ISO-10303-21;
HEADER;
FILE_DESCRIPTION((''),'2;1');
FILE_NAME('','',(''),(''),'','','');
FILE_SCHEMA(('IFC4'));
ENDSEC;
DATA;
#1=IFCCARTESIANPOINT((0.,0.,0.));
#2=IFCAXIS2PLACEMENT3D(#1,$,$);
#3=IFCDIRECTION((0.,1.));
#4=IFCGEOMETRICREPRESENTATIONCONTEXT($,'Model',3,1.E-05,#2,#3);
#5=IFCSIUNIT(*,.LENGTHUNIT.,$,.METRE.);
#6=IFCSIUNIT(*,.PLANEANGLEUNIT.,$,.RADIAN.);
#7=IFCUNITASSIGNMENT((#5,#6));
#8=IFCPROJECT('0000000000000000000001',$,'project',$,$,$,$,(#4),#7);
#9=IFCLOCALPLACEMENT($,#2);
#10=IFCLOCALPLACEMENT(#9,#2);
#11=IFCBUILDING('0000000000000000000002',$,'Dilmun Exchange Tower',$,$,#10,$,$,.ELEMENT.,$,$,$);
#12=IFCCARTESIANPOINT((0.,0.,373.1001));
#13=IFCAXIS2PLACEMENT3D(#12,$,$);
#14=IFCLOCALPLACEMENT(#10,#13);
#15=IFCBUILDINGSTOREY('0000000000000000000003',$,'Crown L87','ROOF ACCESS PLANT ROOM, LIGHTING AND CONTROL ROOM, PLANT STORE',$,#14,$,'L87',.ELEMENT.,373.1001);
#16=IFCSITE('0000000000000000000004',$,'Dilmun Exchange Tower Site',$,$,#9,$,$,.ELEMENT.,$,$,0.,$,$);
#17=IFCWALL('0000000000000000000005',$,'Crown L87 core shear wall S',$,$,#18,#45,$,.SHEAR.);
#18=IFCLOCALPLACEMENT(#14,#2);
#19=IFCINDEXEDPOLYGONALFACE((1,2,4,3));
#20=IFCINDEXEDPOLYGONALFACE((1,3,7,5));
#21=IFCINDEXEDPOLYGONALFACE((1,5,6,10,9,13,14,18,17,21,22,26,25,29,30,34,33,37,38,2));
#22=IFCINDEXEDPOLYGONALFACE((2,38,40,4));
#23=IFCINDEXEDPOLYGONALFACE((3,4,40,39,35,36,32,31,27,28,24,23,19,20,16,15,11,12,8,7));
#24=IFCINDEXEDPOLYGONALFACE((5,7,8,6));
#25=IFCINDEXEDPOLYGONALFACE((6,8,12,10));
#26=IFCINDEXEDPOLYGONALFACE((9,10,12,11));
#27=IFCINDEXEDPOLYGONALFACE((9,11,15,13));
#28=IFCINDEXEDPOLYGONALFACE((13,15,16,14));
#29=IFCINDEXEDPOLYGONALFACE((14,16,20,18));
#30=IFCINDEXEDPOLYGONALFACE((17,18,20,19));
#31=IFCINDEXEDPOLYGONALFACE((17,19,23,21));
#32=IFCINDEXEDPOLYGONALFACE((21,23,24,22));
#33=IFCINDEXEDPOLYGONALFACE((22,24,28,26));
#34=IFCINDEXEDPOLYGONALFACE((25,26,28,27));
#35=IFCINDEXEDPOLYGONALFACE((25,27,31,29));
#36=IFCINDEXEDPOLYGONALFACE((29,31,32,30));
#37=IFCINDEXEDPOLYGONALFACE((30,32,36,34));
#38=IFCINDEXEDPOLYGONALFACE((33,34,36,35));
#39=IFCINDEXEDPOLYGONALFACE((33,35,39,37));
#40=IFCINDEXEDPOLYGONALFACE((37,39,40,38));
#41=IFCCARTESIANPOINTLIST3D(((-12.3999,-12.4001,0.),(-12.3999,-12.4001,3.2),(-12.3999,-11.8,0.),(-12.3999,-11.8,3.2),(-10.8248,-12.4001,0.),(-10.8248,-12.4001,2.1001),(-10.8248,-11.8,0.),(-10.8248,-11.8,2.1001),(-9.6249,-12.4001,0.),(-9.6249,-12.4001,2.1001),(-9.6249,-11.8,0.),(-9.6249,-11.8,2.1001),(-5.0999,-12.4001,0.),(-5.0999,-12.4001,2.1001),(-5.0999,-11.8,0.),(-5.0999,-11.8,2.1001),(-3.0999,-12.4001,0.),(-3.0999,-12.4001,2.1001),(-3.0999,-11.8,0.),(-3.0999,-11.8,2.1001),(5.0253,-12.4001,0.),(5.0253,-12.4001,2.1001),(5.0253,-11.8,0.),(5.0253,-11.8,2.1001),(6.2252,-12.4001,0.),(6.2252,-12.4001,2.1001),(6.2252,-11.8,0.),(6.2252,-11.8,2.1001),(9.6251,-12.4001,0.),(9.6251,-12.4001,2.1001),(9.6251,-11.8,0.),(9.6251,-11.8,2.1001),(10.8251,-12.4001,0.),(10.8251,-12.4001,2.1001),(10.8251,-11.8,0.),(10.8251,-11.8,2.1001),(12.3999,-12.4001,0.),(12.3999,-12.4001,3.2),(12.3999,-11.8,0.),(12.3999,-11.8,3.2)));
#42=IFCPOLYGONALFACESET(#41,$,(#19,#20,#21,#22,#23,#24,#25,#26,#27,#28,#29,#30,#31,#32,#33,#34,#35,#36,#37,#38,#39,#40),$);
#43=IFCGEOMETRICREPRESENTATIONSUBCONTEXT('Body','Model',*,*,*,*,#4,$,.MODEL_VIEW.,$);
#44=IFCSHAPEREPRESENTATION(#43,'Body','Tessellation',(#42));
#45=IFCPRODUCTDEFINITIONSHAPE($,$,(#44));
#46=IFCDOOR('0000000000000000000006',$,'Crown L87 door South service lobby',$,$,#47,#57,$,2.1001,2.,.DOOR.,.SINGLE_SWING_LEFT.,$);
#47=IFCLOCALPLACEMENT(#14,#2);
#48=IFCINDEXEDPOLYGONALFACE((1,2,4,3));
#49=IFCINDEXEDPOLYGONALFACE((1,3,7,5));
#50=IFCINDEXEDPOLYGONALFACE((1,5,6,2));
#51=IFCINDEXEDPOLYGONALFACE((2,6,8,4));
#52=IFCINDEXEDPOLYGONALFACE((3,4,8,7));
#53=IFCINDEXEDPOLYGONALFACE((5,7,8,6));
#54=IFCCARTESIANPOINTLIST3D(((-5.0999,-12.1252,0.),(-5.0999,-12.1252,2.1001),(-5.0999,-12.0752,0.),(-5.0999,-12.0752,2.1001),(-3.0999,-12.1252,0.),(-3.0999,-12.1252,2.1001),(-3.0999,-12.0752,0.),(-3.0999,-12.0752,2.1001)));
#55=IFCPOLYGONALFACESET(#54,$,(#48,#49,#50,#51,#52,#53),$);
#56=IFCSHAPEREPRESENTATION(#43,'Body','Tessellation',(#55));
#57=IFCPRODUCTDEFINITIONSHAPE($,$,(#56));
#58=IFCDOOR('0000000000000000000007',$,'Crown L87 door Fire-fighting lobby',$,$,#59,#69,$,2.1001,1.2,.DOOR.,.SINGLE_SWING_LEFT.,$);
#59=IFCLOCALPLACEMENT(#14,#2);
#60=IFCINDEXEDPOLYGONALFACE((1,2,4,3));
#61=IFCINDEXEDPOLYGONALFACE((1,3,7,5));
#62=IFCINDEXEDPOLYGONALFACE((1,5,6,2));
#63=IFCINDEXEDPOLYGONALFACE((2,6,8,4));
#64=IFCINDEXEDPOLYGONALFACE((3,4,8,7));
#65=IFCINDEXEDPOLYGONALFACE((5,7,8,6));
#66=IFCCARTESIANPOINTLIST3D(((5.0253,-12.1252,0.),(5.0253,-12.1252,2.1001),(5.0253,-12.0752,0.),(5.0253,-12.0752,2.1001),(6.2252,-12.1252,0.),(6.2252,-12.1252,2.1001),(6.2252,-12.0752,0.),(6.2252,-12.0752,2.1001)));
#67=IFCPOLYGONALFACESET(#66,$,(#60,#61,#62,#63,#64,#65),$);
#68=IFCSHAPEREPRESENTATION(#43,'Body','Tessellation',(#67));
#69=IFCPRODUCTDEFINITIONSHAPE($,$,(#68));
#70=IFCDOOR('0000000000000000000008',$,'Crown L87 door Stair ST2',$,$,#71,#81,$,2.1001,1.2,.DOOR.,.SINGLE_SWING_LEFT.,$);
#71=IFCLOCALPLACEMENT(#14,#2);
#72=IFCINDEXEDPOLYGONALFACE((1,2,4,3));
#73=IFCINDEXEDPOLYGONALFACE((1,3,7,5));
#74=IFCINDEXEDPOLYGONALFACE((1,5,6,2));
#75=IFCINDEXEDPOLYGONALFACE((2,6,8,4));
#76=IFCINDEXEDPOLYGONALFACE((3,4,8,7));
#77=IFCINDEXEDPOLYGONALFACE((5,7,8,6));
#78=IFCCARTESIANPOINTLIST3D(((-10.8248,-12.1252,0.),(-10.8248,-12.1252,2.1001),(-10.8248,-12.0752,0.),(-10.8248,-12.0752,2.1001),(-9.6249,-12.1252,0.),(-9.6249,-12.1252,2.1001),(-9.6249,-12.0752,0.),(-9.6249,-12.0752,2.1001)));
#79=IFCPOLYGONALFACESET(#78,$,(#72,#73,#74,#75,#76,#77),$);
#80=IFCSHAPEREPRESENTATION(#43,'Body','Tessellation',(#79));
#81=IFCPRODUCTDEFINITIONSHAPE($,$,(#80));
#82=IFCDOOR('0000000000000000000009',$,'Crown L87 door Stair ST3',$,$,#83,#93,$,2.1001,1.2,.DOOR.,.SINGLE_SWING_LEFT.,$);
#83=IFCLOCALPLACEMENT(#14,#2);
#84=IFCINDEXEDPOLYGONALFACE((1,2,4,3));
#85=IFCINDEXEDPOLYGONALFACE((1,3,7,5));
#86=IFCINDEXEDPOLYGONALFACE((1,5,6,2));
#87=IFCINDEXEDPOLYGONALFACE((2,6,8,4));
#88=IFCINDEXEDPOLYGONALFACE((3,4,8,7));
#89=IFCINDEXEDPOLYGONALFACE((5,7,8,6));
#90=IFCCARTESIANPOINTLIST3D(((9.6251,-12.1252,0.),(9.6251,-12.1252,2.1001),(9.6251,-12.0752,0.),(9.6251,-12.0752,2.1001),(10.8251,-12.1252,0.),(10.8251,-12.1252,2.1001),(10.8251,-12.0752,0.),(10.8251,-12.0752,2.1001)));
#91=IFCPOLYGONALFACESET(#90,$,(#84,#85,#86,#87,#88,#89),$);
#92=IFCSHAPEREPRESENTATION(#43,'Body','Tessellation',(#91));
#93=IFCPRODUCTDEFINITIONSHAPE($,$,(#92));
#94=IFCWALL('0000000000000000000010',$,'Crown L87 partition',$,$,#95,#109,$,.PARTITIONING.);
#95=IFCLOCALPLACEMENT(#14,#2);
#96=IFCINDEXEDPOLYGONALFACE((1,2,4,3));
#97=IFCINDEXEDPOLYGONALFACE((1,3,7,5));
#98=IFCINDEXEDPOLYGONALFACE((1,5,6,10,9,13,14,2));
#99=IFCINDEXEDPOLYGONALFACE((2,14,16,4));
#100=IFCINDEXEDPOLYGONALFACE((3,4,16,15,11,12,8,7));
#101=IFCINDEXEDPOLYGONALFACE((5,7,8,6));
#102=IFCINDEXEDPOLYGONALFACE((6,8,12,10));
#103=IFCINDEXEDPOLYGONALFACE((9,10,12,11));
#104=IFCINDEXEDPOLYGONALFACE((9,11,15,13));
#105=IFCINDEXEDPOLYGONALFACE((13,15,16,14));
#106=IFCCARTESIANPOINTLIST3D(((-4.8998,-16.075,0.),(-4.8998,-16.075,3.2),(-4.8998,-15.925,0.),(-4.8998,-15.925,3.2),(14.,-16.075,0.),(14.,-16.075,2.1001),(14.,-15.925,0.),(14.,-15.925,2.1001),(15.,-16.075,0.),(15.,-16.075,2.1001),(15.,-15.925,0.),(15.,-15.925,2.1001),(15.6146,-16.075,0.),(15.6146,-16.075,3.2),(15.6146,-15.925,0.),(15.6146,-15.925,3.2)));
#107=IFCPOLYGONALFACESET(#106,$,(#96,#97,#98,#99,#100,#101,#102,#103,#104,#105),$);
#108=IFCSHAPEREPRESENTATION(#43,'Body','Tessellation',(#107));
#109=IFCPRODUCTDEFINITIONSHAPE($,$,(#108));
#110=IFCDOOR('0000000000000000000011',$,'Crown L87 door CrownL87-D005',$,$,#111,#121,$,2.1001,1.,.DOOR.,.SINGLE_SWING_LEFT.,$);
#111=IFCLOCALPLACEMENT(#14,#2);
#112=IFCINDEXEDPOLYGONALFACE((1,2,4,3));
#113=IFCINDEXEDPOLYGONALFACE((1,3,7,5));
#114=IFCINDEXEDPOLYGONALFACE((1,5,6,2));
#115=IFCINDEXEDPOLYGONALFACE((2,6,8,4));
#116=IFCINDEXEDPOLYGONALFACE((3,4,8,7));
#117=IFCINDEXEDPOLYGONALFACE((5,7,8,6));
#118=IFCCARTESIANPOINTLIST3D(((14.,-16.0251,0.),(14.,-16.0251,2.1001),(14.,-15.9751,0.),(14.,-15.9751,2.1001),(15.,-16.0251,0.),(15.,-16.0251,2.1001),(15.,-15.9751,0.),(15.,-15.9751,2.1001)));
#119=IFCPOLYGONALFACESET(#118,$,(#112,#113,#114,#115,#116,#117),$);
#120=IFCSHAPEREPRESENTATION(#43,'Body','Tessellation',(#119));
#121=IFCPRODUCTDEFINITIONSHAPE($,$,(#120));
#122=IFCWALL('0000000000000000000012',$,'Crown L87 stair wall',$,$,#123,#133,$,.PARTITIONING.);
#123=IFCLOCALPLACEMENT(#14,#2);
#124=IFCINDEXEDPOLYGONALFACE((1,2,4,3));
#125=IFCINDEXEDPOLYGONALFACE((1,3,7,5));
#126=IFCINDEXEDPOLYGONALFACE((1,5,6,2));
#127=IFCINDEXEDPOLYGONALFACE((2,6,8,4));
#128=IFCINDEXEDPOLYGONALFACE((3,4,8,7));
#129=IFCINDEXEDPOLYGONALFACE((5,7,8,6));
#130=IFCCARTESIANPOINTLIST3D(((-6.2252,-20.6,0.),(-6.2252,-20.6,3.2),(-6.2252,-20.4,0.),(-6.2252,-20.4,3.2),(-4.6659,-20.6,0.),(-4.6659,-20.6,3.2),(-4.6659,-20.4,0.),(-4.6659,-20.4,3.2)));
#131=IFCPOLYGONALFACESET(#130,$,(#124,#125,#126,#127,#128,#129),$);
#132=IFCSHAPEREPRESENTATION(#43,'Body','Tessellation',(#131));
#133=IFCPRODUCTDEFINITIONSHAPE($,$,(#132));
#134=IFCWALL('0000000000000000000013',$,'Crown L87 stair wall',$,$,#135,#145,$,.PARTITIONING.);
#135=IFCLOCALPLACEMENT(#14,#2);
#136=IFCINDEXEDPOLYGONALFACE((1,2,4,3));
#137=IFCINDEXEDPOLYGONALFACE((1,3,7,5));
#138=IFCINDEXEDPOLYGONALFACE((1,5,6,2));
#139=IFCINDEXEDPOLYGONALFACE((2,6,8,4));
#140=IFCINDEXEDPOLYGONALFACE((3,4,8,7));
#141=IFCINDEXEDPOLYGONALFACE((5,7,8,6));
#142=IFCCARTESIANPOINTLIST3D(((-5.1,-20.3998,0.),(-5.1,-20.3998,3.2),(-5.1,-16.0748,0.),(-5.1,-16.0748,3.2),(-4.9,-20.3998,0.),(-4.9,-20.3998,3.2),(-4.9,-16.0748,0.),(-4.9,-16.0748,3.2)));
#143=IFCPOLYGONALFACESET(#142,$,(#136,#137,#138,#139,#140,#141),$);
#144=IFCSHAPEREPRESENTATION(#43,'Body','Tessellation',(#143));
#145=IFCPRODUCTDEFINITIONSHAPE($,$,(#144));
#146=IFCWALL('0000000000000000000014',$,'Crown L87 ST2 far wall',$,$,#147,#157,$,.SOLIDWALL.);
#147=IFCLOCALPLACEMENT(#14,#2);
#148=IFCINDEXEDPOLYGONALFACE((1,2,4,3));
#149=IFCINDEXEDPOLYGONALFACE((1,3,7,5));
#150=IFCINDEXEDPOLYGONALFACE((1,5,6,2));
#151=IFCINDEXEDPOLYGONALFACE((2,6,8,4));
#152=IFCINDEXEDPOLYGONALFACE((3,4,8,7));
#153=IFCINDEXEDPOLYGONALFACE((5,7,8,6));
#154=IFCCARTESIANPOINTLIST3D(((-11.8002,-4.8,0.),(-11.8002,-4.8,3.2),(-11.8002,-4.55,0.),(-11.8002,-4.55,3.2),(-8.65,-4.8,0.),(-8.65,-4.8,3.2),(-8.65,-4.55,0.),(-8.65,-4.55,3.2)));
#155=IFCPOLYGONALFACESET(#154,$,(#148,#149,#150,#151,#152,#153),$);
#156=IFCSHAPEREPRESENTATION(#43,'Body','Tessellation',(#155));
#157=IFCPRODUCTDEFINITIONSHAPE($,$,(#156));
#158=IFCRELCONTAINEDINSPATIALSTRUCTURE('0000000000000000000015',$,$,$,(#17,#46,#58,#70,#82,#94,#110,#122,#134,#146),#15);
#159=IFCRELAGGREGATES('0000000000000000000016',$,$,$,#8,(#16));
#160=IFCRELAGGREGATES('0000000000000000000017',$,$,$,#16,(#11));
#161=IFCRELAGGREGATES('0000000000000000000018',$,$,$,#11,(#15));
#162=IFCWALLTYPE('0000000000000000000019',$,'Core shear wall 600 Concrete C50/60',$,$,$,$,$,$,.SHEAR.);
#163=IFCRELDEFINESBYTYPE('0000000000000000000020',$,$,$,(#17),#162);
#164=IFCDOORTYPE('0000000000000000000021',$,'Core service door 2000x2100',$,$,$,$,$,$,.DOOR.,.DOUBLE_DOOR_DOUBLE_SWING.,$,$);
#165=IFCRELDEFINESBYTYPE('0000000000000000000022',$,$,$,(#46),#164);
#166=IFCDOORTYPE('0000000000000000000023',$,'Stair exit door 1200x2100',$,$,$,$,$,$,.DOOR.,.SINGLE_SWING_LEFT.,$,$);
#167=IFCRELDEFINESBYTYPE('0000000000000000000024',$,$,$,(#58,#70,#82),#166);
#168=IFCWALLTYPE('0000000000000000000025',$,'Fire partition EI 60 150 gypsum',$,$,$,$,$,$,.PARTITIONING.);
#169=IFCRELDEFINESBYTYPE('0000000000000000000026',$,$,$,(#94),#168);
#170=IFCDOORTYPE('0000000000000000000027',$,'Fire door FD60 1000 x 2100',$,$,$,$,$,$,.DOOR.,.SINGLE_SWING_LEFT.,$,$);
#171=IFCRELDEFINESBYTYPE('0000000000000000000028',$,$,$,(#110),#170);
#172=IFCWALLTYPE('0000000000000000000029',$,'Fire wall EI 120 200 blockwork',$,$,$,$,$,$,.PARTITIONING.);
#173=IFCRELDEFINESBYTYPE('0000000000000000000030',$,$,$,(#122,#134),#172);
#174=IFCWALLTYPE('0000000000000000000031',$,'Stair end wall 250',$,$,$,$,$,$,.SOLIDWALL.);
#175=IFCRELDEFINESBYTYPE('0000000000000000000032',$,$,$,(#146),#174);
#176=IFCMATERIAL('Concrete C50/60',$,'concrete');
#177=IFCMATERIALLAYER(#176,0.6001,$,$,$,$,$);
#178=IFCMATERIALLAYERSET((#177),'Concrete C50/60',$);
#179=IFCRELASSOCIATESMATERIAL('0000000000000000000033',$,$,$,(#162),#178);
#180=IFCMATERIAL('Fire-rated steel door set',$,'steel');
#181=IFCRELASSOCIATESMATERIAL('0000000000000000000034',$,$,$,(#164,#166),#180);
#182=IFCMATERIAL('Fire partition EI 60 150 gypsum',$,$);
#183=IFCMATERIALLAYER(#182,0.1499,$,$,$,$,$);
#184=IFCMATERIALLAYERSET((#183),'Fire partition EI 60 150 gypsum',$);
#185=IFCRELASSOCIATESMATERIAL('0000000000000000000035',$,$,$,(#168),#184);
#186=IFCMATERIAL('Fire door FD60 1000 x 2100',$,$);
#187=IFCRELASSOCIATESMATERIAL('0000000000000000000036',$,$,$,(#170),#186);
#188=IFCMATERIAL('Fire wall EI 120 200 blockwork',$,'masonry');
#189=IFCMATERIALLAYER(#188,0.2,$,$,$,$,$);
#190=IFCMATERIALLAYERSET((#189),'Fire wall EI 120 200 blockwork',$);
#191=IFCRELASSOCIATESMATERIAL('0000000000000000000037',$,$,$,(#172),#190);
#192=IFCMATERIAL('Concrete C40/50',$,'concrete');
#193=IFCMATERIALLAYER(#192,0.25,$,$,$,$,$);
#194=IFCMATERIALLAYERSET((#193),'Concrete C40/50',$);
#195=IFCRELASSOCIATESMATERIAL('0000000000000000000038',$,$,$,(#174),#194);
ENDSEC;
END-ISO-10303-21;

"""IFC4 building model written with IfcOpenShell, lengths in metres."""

from ifc_helpers import new_model, si_unit, direction, frame, frame_2d, origin, place, context, subcontext, project, spatial, rectangle, extrude, material, layer, layer_set, type_object, element, fill, save


model = new_model("IFC4")

# Units and contexts
model_context = context("Model", 3, precision=1e-05, world=origin(), true_north=direction((0.0, 1.0)))
body_context = subcontext(model_context, "Body", "Model", "MODEL_VIEW")
ifc_project = project(units=[si_unit("LENGTHUNIT", "METRE"), si_unit("PLANEANGLEUNIT", "RADIAN")], contexts=[model_context])

# Site, building, storey
site_placement = place(None, origin())
site = spatial("IfcSite", under=ifc_project, at=site_placement, Name="Dilmun Exchange Tower Site", CompositionType="ELEMENT", RefElevation=0.0)
building_placement = place(site_placement, origin())
building = spatial("IfcBuilding", under=site, at=building_placement, Name="Dilmun Exchange Tower", CompositionType="ELEMENT")
storey_placement = place(building_placement, frame((0.0, 0.0, 373.1001)))
storey = spatial("IfcBuildingStorey", under=building, at=storey_placement, Name="Crown L87", Description="ROOF ACCESS PLANT ROOM, LIGHTING AND CONTROL ROOM, PLANT STORE", LongName="L87", CompositionType="ELEMENT", Elevation=373.1001)

# Shared definitions
ifc_material_1 = material(Name="Concrete C50/60", Category="concrete")

# Shared definitions
ifc_material_2 = material(Name="Concrete C40/50", Category="concrete")

# Shared definitions
ifc_material_3 = material(Name="Fire-rated steel door set", Category="steel")

# Wall, openings, doors
ifc_layer_1 = layer(ifc_material_1, 0.6001)
ifc_layer_set_1 = layer_set([ifc_layer_1], Name="Concrete C50/60")
wall_type_1 = type_object("IfcWallType", Name="Core shear wall 600 Concrete C50/60", PredefinedType="SHEAR", material=ifc_layer_set_1)
wall_1_placement = place(storey_placement, frame((-12.3999, -12.1001, 0.0), z_axis=(0.0, 0.0, 1.0), x_axis=(1.0, 0.0, 0.0)))
wall_1 = element("IfcWall", 1, at=wall_1_placement, inside=storey, type_object=wall_type_1, Name="Crown L87 core shear wall S", PredefinedType="SHEAR", context=body_context, shape_type="SweptSolid", body=[
    extrude(rectangle(XDim=24.7998, YDim=0.6001, at=frame_2d((12.3999, 0.0))), origin(), (0.0, 0.0, 1.0), 3.2),
])
opening_1_placement = place(wall_1_placement, frame((7.3, 0.0, 0.0)))
opening_1 = element("IfcOpeningElement", 2, at=opening_1_placement, cuts=wall_1, PredefinedType="OPENING", context=body_context, shape_type="SweptSolid", body=[
    extrude(rectangle(XDim=2.0, YDim=2.1001, at=frame_2d((1.0, 1.05))), frame((0.0, 0.3101, 0.0), z_axis=(0.0, -1.0, 0.0), x_axis=(1.0, 0.0, 0.0)), (0.0, 0.0, 1.0), 0.6201),
])
opening_2_placement = place(wall_1_placement, frame((17.425, 0.0, 0.0)))
opening_2 = element("IfcOpeningElement", 3, at=opening_2_placement, cuts=wall_1, PredefinedType="OPENING", context=body_context, shape_type="SweptSolid", body=[
    extrude(rectangle(XDim=1.2, YDim=2.1001, at=frame_2d((0.6001, 1.05))), frame((0.0, 0.3101, 0.0), z_axis=(0.0, -1.0, 0.0), x_axis=(1.0, 0.0, 0.0)), (0.0, 0.0, 1.0), 0.6201),
])
opening_3_placement = place(wall_1_placement, frame((1.575, 0.0, 0.0)))
opening_3 = element("IfcOpeningElement", 4, at=opening_3_placement, cuts=wall_1, PredefinedType="OPENING", context=body_context, shape_type="SweptSolid", body=[
    extrude(rectangle(XDim=1.2, YDim=2.1001, at=frame_2d((0.6001, 1.05))), frame((0.0, 0.3101, 0.0), z_axis=(0.0, -1.0, 0.0), x_axis=(1.0, 0.0, 0.0)), (0.0, 0.0, 1.0), 0.6201),
])
opening_4_placement = place(wall_1_placement, frame((22.0249, 0.0, 0.0)))
opening_4 = element("IfcOpeningElement", 5, at=opening_4_placement, cuts=wall_1, PredefinedType="OPENING", context=body_context, shape_type="SweptSolid", body=[
    extrude(rectangle(XDim=1.2, YDim=2.1001, at=frame_2d((0.6001, 1.05))), frame((0.0, 0.3101, 0.0), z_axis=(0.0, -1.0, 0.0), x_axis=(1.0, 0.0, 0.0)), (0.0, 0.0, 1.0), 0.6201),
])
door_type_1 = type_object("IfcDoorType", Name="Core service door 2000x2100", OperationType="DOUBLE_DOOR_DOUBLE_SWING", PredefinedType="DOOR", material=ifc_material_3)
door_1_placement = place(opening_1_placement, origin())
door_1 = element("IfcDoor", 6, at=door_1_placement, inside=storey, type_object=door_type_1, Name="Crown L87 door South service lobby", OperationType="SINGLE_SWING_LEFT", OverallHeight=2.1001, OverallWidth=2.0, PredefinedType="DOOR", context=body_context, shape_type="SweptSolid", body=[
    extrude(rectangle(XDim=2.0, YDim=2.1001, at=frame_2d((1.0, 1.05))), frame((0.0, 0.0249, 0.0), z_axis=(0.0, -1.0, 0.0), x_axis=(1.0, 0.0, 0.0)), (0.0, 0.0, 1.0), 0.05),
])
fill(opening_1, door_1)
door_type_2 = type_object("IfcDoorType", Name="Stair exit door 1200x2100", OperationType="SINGLE_SWING_LEFT", PredefinedType="DOOR", material=ifc_material_3)
door_2_placement = place(opening_2_placement, origin())
door_2 = element("IfcDoor", 7, at=door_2_placement, inside=storey, type_object=door_type_2, Name="Crown L87 door Fire-fighting lobby", OperationType="SINGLE_SWING_LEFT", OverallHeight=2.1001, OverallWidth=1.2, PredefinedType="DOOR", context=body_context, shape_type="SweptSolid", body=[
    extrude(rectangle(XDim=1.2, YDim=2.1001, at=frame_2d((0.6001, 1.05))), frame((0.0, 0.0249, 0.0), z_axis=(0.0, -1.0, 0.0), x_axis=(1.0, 0.0, 0.0)), (0.0, 0.0, 1.0), 0.05),
])
fill(opening_2, door_2)
door_3_placement = place(opening_3_placement, origin())
door_3 = element("IfcDoor", 8, at=door_3_placement, inside=storey, type_object=door_type_2, Name="Crown L87 door Stair ST2", OperationType="SINGLE_SWING_LEFT", OverallHeight=2.1001, OverallWidth=1.2, PredefinedType="DOOR", context=body_context, shape_type="SweptSolid", body=[
    extrude(rectangle(XDim=1.2, YDim=2.1001, at=frame_2d((0.6001, 1.05))), frame((0.0, 0.0249, 0.0), z_axis=(0.0, -1.0, 0.0), x_axis=(1.0, 0.0, 0.0)), (0.0, 0.0, 1.0), 0.05),
])
fill(opening_3, door_3)
door_4_placement = place(opening_4_placement, origin())
door_4 = element("IfcDoor", 9, at=door_4_placement, inside=storey, type_object=door_type_2, Name="Crown L87 door Stair ST3", OperationType="SINGLE_SWING_LEFT", OverallHeight=2.1001, OverallWidth=1.2, PredefinedType="DOOR", context=body_context, shape_type="SweptSolid", body=[
    extrude(rectangle(XDim=1.2, YDim=2.1001, at=frame_2d((0.6001, 1.05))), frame((0.0, 0.0249, 0.0), z_axis=(0.0, -1.0, 0.0), x_axis=(1.0, 0.0, 0.0)), (0.0, 0.0, 1.0), 0.05),
])
fill(opening_4, door_4)

# Wall, opening, door
ifc_material_4 = material(Name="Fire partition EI 60 150 gypsum")
ifc_layer_2 = layer(ifc_material_4, 0.1499)
ifc_layer_set_2 = layer_set([ifc_layer_2], Name="Fire partition EI 60 150 gypsum")
wall_type_2 = type_object("IfcWallType", Name="Fire partition EI 60 150 gypsum", PredefinedType="PARTITIONING", material=ifc_layer_set_2)
wall_2_placement = place(storey_placement, frame((-4.8999, -16.0, 0.0), z_axis=(0.0, 0.0, 1.0), x_axis=(1.0, 0.0, 0.0)))
wall_2 = element("IfcWall", 10, at=wall_2_placement, inside=storey, type_object=wall_type_2, Name="Crown L87 partition", PredefinedType="PARTITIONING", context=body_context, shape_type="SweptSolid", body=[
    extrude(rectangle(XDim=20.5144, YDim=0.1499, at=frame_2d((10.2573, 0.0))), origin(), (0.0, 0.0, 1.0), 3.2),
])
opening_5_placement = place(wall_2_placement, frame((18.8999, 0.0, 0.0)))
opening_5 = element("IfcOpeningElement", 11, at=opening_5_placement, cuts=wall_2, PredefinedType="OPENING", context=body_context, shape_type="SweptSolid", body=[
    extrude(rectangle(XDim=1.0, YDim=2.1001, at=frame_2d((0.5, 1.05))), frame((0.0, 0.085, 0.0), z_axis=(0.0, -1.0, 0.0), x_axis=(1.0, 0.0, 0.0)), (0.0, 0.0, 1.0), 0.1699),
])
ifc_material_5 = material(Name="Fire door FD60 1000 x 2100")
door_type_3 = type_object("IfcDoorType", Name="Fire door FD60 1000 x 2100", OperationType="SINGLE_SWING_LEFT", PredefinedType="DOOR", material=ifc_material_5)
door_5_placement = place(opening_5_placement, origin())
door_5 = element("IfcDoor", 12, at=door_5_placement, inside=storey, type_object=door_type_3, Name="Crown L87 door CrownL87-D005", OperationType="SINGLE_SWING_LEFT", OverallHeight=2.1001, OverallWidth=1.0, PredefinedType="DOOR", context=body_context, shape_type="SweptSolid", body=[
    extrude(rectangle(XDim=1.0, YDim=2.1001, at=frame_2d((0.5, 1.05))), frame((0.0, 0.0249, 0.0), z_axis=(0.0, -1.0, 0.0), x_axis=(1.0, 0.0, 0.0)), (0.0, 0.0, 1.0), 0.05),
])
fill(opening_5, door_5)

# Walls
ifc_material_6 = material(Name="Fire wall EI 120 200 blockwork", Category="masonry")
ifc_layer_3 = layer(ifc_material_6, 0.2)
ifc_layer_set_3 = layer_set([ifc_layer_3], Name="Fire wall EI 120 200 blockwork")
wall_type_3 = type_object("IfcWallType", Name="Fire wall EI 120 200 blockwork", PredefinedType="PARTITIONING", material=ifc_layer_set_3)
wall_3_placement = place(storey_placement, frame((-6.2253, -20.5, 0.0), z_axis=(0.0, 0.0, 1.0), x_axis=(1.0, 0.0, 0.0)))
element("IfcWall", 13, at=wall_3_placement, inside=storey, type_object=wall_type_3, Name="Crown L87 stair wall", PredefinedType="PARTITIONING", context=body_context, shape_type="SweptSolid", body=[
    extrude(rectangle(XDim=1.5593, YDim=0.2, at=frame_2d((0.7798, 0.0))), origin(), (0.0, 0.0, 1.0), 3.2),
])
wall_4_placement = place(storey_placement, frame((-5.0, -20.3999, 0.0), z_axis=(0.0, 0.0, 1.0), x_axis=(0.0, 1.0, 0.0)))
element("IfcWall", 14, at=wall_4_placement, inside=storey, type_object=wall_type_3, Name="Crown L87 stair wall", PredefinedType="PARTITIONING", context=body_context, shape_type="SweptSolid", body=[
    extrude(rectangle(XDim=4.325, YDim=0.2, at=frame_2d((2.1626, 0.0))), origin(), (0.0, 0.0, 1.0), 3.2),
])
ifc_layer_4 = layer(ifc_material_2, 0.25)
ifc_layer_set_4 = layer_set([ifc_layer_4], Name="Concrete C40/50")
wall_type_4 = type_object("IfcWallType", Name="Stair end wall 250", PredefinedType="SOLIDWALL", material=ifc_layer_set_4)
wall_5_placement = place(storey_placement, frame((-8.6499, -4.675, 0.0), z_axis=(0.0, 0.0, 1.0), x_axis=(-1.0, 0.0, 0.0)))
element("IfcWall", 15, at=wall_5_placement, inside=storey, type_object=wall_type_4, Name="Crown L87 ST2 far wall", PredefinedType="SOLIDWALL", context=body_context, shape_type="SweptSolid", body=[
    extrude(rectangle(XDim=3.1501, YDim=0.25, at=frame_2d((1.5752, 0.0))), origin(), (0.0, 0.0, 1.0), 3.2),
])

save(model, "model.ifc")
